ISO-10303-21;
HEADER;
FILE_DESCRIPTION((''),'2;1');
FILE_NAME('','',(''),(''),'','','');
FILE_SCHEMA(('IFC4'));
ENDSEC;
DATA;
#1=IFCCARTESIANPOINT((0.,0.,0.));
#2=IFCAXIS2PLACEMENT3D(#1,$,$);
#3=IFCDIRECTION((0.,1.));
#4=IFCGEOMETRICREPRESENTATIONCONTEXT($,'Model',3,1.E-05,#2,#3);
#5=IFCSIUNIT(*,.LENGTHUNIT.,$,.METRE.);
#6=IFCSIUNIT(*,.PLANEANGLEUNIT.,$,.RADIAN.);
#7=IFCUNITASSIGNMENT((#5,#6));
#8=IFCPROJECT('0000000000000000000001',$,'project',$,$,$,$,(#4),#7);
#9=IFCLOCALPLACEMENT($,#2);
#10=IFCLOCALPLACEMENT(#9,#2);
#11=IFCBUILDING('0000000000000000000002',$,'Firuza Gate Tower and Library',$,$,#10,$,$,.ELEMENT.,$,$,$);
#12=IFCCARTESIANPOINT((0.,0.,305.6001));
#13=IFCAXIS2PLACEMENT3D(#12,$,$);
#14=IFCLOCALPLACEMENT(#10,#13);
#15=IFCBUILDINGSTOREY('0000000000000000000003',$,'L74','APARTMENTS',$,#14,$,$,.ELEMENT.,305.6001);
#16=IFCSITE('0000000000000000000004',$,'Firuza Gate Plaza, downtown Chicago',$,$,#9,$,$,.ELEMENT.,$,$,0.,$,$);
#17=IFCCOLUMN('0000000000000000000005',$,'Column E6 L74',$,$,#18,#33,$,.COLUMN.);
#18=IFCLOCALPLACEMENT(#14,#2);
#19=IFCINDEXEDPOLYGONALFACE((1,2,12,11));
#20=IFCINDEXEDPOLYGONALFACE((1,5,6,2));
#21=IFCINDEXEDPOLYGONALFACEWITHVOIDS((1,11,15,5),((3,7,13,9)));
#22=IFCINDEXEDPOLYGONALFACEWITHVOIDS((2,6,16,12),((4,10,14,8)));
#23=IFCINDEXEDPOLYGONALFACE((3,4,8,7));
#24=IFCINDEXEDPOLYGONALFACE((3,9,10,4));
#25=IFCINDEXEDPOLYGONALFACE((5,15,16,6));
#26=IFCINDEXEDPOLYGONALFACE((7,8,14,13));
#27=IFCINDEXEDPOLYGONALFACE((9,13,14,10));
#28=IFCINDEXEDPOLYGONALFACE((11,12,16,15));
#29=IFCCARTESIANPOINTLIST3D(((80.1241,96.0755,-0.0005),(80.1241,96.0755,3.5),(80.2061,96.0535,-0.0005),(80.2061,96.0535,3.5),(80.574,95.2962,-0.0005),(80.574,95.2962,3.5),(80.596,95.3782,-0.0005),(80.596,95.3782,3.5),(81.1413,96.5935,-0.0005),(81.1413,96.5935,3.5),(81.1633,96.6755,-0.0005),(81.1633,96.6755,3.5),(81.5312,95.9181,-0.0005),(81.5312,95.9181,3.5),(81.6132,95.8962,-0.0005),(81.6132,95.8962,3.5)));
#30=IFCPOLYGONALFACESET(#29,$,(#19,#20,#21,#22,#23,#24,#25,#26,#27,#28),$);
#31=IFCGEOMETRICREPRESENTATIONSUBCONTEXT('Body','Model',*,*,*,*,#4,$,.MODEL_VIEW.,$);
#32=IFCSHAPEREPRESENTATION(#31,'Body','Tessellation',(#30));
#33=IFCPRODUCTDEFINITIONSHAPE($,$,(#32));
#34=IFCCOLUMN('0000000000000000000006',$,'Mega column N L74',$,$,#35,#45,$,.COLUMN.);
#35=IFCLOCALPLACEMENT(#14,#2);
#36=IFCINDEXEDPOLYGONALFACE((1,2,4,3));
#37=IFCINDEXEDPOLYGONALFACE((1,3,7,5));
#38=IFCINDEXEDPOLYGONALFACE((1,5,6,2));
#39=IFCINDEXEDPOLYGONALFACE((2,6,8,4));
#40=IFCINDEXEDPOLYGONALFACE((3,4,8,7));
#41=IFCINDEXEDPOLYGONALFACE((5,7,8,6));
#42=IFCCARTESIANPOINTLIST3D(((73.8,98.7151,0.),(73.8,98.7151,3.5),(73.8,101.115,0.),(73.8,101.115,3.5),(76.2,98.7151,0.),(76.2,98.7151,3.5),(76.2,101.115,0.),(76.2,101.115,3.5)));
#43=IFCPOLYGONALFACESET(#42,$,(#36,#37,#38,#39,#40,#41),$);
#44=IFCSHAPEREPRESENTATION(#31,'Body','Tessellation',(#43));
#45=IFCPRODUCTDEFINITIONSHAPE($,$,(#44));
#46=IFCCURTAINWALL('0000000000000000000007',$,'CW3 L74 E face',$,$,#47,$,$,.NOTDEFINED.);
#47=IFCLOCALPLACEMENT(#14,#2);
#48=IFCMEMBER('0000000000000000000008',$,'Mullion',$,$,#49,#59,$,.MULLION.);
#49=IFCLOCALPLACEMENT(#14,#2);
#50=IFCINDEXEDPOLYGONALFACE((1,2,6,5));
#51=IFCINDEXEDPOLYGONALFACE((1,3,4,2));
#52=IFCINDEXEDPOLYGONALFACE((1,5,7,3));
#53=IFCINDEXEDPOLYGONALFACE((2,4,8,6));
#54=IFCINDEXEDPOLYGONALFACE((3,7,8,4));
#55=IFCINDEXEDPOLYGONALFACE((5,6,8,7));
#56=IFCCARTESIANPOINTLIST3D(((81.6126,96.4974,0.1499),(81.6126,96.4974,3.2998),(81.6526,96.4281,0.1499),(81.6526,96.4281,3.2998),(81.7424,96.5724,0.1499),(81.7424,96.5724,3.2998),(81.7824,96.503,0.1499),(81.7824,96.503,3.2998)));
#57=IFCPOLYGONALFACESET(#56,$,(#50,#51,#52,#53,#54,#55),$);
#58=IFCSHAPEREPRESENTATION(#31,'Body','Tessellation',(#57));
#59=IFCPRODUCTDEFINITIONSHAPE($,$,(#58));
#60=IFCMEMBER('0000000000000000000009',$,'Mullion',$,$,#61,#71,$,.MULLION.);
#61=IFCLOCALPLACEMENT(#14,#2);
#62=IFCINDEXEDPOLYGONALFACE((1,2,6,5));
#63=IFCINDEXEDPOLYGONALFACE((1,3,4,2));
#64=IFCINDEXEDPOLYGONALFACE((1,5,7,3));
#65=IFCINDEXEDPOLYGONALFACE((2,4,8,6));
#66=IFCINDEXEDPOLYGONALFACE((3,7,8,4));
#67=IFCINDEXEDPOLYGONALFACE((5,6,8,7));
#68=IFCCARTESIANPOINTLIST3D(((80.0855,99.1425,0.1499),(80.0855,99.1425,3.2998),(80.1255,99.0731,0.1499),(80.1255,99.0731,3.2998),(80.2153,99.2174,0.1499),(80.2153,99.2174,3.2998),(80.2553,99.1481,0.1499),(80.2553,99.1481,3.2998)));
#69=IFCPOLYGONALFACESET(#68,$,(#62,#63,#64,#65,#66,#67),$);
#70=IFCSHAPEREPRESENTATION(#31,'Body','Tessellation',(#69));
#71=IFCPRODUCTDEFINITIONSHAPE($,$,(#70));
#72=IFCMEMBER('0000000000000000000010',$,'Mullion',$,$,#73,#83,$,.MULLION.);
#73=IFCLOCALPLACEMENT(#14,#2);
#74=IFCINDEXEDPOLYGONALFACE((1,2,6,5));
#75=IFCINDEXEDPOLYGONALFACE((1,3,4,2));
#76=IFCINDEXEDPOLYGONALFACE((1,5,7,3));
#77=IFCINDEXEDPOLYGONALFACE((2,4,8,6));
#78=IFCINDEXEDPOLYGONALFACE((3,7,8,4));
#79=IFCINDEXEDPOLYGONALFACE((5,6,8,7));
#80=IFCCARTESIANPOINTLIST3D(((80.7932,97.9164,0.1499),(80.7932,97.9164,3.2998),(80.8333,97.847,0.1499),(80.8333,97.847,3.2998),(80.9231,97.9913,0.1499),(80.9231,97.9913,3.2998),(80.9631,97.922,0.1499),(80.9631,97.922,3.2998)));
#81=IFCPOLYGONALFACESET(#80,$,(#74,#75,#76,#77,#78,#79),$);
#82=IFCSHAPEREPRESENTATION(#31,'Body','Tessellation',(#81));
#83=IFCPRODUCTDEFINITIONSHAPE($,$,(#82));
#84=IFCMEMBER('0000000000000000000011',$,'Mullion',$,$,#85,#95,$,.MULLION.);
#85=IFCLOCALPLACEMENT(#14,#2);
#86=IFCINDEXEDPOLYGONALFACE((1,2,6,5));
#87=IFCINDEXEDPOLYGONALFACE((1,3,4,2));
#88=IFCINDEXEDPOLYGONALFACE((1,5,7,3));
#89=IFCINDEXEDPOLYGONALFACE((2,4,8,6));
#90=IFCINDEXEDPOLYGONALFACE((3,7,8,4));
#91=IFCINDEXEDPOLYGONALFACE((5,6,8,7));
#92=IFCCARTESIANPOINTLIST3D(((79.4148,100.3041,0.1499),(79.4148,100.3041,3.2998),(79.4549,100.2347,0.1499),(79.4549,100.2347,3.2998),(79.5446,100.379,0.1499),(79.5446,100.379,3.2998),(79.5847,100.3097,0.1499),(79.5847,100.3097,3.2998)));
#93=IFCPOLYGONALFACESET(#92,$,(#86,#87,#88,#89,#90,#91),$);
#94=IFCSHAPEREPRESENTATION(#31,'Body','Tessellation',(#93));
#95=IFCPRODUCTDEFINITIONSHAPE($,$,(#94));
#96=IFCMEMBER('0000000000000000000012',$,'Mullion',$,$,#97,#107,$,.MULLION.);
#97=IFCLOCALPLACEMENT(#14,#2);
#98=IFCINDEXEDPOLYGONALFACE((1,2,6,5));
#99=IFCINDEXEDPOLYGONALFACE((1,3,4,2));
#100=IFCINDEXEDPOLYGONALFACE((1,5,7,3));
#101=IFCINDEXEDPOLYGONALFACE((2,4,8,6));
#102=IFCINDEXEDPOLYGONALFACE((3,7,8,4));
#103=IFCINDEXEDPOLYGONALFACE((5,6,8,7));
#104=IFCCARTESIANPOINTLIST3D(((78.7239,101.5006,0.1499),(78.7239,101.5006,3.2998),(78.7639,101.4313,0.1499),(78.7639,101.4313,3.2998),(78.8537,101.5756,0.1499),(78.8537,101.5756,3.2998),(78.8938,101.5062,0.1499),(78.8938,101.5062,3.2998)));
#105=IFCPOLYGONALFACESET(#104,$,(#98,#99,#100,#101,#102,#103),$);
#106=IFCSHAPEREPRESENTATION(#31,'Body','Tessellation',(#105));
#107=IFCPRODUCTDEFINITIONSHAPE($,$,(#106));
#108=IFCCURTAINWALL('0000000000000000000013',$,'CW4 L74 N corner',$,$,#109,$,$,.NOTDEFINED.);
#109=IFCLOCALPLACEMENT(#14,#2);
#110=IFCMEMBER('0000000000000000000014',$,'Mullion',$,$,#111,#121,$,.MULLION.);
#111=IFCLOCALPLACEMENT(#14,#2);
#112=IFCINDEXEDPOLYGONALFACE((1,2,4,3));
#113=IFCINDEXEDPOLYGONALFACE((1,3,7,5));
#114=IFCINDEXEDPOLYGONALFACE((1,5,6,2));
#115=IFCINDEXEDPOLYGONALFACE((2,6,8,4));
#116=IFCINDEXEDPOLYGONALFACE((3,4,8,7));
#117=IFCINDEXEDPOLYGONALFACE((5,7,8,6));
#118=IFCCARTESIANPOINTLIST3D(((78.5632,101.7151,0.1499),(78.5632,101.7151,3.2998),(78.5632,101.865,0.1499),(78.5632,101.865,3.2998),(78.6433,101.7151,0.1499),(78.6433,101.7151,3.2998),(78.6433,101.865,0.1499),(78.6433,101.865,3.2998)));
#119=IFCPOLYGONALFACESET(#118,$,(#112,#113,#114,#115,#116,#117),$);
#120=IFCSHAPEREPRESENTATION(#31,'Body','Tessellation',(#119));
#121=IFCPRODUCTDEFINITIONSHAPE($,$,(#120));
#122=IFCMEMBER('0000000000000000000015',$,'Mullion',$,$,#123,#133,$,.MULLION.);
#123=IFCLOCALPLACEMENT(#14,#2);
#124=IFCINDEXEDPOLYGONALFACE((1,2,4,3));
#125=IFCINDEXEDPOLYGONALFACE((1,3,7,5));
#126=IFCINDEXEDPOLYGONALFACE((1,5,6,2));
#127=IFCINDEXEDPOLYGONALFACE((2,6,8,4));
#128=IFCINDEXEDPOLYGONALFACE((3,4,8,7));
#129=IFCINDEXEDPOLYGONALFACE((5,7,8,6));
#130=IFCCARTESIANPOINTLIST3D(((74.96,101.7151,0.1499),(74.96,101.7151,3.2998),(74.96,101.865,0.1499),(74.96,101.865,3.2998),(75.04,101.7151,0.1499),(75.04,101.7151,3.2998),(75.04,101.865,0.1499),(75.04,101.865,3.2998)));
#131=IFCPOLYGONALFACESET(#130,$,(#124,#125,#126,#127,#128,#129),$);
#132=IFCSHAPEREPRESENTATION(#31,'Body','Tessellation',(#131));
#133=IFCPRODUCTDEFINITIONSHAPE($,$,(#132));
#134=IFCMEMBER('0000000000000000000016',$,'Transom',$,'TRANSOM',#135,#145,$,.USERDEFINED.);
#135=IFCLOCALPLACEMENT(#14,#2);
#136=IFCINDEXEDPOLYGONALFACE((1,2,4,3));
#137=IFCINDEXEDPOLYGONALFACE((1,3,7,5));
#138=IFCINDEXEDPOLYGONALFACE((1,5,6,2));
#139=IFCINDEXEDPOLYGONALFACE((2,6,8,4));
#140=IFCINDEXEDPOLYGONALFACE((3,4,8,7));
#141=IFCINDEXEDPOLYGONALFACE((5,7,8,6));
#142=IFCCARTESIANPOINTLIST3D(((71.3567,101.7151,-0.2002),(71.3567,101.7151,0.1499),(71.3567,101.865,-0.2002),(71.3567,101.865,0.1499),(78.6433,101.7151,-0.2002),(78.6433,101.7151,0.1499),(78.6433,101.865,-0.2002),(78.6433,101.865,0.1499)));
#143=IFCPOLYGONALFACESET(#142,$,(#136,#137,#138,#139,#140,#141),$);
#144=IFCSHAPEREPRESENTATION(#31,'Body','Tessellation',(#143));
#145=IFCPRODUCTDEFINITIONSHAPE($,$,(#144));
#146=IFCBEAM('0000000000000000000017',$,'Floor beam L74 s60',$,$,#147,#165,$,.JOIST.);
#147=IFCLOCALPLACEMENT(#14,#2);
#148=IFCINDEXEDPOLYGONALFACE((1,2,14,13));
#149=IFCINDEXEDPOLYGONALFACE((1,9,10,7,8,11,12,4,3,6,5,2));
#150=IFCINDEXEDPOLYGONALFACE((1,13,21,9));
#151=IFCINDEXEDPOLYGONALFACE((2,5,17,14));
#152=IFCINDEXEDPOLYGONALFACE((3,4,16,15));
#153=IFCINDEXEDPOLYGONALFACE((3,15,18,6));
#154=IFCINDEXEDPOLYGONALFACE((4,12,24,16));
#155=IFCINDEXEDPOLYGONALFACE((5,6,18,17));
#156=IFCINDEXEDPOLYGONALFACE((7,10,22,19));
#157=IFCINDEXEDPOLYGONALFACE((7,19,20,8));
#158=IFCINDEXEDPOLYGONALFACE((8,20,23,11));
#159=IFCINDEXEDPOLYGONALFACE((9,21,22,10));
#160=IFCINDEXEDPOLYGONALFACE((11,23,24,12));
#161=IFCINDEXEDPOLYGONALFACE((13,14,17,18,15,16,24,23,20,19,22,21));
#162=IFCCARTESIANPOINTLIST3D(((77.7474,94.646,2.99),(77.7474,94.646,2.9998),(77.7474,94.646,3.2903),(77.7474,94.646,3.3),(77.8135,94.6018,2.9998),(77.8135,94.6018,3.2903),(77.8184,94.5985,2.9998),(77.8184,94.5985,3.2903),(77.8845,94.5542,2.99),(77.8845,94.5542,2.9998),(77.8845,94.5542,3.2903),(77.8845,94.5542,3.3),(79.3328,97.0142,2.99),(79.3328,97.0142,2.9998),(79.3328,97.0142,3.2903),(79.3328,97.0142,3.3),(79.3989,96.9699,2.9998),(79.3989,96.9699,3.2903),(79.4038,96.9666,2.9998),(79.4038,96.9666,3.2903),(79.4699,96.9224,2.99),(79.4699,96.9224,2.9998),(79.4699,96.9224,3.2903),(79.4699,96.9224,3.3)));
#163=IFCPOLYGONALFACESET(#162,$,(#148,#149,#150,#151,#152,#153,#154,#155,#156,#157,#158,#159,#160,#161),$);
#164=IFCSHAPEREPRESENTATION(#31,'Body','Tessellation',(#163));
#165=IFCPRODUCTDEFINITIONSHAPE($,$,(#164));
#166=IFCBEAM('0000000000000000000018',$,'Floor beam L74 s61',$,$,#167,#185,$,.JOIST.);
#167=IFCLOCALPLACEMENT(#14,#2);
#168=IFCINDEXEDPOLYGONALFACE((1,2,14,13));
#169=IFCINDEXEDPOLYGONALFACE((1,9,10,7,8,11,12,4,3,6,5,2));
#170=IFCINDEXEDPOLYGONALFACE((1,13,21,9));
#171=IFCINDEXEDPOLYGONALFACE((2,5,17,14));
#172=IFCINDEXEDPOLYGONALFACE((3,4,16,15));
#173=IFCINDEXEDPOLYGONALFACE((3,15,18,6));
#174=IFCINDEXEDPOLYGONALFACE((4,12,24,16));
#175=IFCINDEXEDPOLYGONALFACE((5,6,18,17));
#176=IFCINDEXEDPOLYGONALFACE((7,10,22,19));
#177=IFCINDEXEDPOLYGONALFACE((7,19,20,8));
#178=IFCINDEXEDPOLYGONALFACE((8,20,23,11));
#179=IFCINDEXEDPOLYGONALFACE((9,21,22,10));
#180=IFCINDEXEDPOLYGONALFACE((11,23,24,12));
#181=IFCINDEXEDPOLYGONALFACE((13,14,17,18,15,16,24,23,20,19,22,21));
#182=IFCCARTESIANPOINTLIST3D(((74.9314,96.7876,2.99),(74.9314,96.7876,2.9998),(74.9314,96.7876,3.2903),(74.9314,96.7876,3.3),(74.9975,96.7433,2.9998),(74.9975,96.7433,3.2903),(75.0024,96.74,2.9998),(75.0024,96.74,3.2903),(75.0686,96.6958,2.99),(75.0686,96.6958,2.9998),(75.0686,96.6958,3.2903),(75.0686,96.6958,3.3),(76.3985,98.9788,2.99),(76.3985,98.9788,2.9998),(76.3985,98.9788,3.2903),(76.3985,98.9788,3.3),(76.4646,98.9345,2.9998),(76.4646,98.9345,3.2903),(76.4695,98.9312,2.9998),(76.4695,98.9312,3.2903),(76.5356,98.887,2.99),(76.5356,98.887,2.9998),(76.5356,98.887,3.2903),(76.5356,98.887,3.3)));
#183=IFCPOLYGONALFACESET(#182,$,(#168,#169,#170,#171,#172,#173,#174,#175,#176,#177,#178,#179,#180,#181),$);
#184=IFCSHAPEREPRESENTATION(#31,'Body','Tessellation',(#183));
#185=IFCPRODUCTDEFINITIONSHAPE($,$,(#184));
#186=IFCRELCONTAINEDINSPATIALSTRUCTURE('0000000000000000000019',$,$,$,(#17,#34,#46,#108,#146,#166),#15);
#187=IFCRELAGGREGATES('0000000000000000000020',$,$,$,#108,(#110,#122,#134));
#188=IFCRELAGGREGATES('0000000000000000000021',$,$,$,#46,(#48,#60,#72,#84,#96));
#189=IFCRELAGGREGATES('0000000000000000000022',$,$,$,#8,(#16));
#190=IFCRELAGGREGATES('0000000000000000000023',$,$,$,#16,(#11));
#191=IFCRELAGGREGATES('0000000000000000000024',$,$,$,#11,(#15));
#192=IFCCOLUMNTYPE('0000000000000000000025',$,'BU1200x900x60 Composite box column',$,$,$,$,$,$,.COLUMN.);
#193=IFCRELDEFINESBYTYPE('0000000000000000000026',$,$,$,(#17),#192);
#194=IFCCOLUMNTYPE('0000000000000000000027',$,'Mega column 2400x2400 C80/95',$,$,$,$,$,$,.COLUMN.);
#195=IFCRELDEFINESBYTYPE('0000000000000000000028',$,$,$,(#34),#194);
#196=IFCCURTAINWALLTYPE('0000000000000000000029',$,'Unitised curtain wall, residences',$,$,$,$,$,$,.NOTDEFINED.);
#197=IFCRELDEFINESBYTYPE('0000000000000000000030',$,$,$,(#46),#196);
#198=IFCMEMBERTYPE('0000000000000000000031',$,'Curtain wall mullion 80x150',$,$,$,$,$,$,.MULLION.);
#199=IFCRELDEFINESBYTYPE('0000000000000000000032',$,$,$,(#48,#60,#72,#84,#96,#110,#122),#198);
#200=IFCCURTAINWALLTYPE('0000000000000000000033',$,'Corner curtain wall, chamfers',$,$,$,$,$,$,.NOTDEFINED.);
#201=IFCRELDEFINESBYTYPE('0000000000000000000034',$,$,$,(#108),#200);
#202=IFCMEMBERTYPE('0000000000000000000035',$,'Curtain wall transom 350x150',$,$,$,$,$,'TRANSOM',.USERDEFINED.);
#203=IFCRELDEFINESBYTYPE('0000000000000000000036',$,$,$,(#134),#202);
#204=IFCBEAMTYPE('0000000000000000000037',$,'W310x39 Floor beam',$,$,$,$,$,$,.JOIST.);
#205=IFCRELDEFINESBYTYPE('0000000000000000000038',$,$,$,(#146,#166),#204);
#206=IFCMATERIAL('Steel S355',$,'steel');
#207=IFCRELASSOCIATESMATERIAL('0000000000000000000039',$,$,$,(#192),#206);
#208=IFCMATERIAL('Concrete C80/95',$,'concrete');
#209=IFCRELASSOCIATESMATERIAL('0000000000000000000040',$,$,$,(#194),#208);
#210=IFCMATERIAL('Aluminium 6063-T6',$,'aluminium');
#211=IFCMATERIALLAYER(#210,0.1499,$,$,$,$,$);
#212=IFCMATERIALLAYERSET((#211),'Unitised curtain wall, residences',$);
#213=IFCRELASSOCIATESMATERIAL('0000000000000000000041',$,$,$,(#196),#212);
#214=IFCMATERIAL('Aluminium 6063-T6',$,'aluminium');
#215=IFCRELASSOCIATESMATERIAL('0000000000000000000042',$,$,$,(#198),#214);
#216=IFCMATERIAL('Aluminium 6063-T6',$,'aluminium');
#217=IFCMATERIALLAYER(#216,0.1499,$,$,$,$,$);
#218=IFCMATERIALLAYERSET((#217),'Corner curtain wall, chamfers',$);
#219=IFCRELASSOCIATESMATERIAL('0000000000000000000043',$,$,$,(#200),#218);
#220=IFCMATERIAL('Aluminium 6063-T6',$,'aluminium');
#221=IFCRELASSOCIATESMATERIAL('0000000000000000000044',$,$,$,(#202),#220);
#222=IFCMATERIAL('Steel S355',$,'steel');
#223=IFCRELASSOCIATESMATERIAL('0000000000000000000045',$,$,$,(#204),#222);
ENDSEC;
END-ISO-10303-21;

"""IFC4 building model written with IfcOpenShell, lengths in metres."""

from ifc_helpers import new_model, si_unit, direction, frame, origin, origin_2d, place, context, subcontext, project, spatial, rectangle, hollow_rectangle, i_section, extrude, material, layer, layer_set, material_profile, profile_set, type_object, element, aggregate, save


model = new_model("IFC4")

# Units and contexts
model_context = context("Model", 3, precision=1e-05, world=origin(), true_north=direction((0.0, 1.0)))
body_context = subcontext(model_context, "Body", "Model", "MODEL_VIEW")
ifc_project = project(units=[si_unit("LENGTHUNIT", "METRE"), si_unit("PLANEANGLEUNIT", "RADIAN")], contexts=[model_context])

# Site, building, storey
site_placement = place(None, origin())
site = spatial("IfcSite", under=ifc_project, at=site_placement, Name="Firuza Gate Plaza, downtown Chicago", CompositionType="ELEMENT", RefElevation=0.0)
building_placement = place(site_placement, origin())
building = spatial("IfcBuilding", under=site, at=building_placement, Name="Firuza Gate Tower and Library", CompositionType="ELEMENT")
storey_placement = place(building_placement, frame((0.0, 0.0, 305.6001)))
storey = spatial("IfcBuildingStorey", under=building, at=storey_placement, Name="L74", Description="APARTMENTS", CompositionType="ELEMENT", Elevation=305.6001)

# Columns
ifc_material_1 = material(Name="Steel S355", Category="steel")
ifc_material_profile_1 = material_profile(ifc_material_1, hollow_rectangle(XDim=0.8999, YDim=1.2, WallThickness=0.0601, at=origin_2d()))
ifc_profile_set_1 = profile_set([ifc_material_profile_1], Name="Steel S355")
column_type_1 = type_object("IfcColumnType", Name="BU1200x900x60 Composite box column", PredefinedType="COLUMN", material=ifc_profile_set_1)
column_1_placement = place(storey_placement, frame((80.8687, 95.9858, -0.0005), z_axis=(0.0, 0.0, 1.0), x_axis=(-0.5, 0.866025, 0.0)))
element("IfcColumn", 1, at=column_1_placement, inside=storey, type_object=column_type_1, Name="Column E6 L74", PredefinedType="COLUMN", context=body_context, shape_type="SweptSolid", body=[
    extrude(hollow_rectangle(XDim=0.8999, YDim=1.2, WallThickness=0.0601, at=origin_2d()), origin(), (0.0, 0.0, 1.0), 3.5005),
])
ifc_material_2 = material(Name="Concrete C80/95", Category="concrete")
ifc_material_profile_2 = material_profile(ifc_material_2, rectangle(XDim=2.3999, YDim=2.3999, at=origin_2d()))
ifc_profile_set_2 = profile_set([ifc_material_profile_2], Name="Concrete C80/95")
column_type_2 = type_object("IfcColumnType", Name="Mega column 2400x2400 C80/95", PredefinedType="COLUMN", material=ifc_profile_set_2)
column_2_placement = place(storey_placement, frame((75.0, 99.915, 0.0), z_axis=(0.0, 0.0, 1.0), x_axis=(-1.0, 0.0, 0.0)))
element("IfcColumn", 2, at=column_2_placement, inside=storey, type_object=column_type_2, Name="Mega column N L74", PredefinedType="COLUMN", context=body_context, shape_type="SweptSolid", body=[
    extrude(rectangle(XDim=2.3999, YDim=2.3999, at=origin_2d()), origin(), (0.0, 0.0, 1.0), 3.5),
])

# Curtain walls, members
ifc_material_3 = material(Name="Aluminium 6063-T6", Category="aluminium")
ifc_layer_1 = layer(ifc_material_3, 0.1499)
ifc_layer_set_1 = layer_set([ifc_layer_1], Name="Unitised curtain wall, residences")
curtain_wall_type_1 = type_object("IfcCurtainWallType", Name="Unitised curtain wall, residences", PredefinedType="NOTDEFINED", material=ifc_layer_set_1)
placement = place(storey_placement, origin())
curtain_wall_1 = element("IfcCurtainWall", 3, at=placement, inside=storey, type_object=curtain_wall_type_1, Name="CW3 L74 E face", PredefinedType="NOTDEFINED")
ifc_material_4 = material(Name="Aluminium 6063-T6", Category="aluminium")
ifc_material_profile_3 = material_profile(ifc_material_4, rectangle(XDim=0.1499, YDim=0.0801, at=origin_2d()))
ifc_profile_set_3 = profile_set([ifc_material_profile_3], Name="Aluminium 6063-T6")
member_type_1 = type_object("IfcMemberType", Name="Curtain wall mullion 80x150", PredefinedType="MULLION", material=ifc_profile_set_3)
member_1_placement = place(storey_placement, frame((81.6975, 96.5002, 0.1499), z_axis=(0.0, 0.0, 1.0), x_axis=(-0.866025, -0.5, 0.0)))
member_1 = element("IfcMember", 4, at=member_1_placement, type_object=member_type_1, Name="Mullion", PredefinedType="MULLION", context=body_context, shape_type="SweptSolid", body=[
    extrude(rectangle(XDim=0.1499, YDim=0.0801, at=origin_2d()), origin(), (0.0, 0.0, 1.0), 3.1499),
])
member_2_placement = place(storey_placement, frame((80.1704, 99.1453, 0.1499), z_axis=(0.0, 0.0, 1.0), x_axis=(-0.866025, -0.5, 0.0)))
member_2 = element("IfcMember", 5, at=member_2_placement, type_object=member_type_1, Name="Mullion", PredefinedType="MULLION", context=body_context, shape_type="SweptSolid", body=[
    extrude(rectangle(XDim=0.1499, YDim=0.0801, at=origin_2d()), origin(), (0.0, 0.0, 1.0), 3.1499),
])
member_3_placement = place(storey_placement, frame((80.8782, 97.9192, 0.1499), z_axis=(0.0, 0.0, 1.0), x_axis=(-0.866025, -0.5, 0.0)))
member_3 = element("IfcMember", 6, at=member_3_placement, type_object=member_type_1, Name="Mullion", PredefinedType="MULLION", context=body_context, shape_type="SweptSolid", body=[
    extrude(rectangle(XDim=0.1499, YDim=0.0801, at=origin_2d()), origin(), (0.0, 0.0, 1.0), 3.1499),
])
member_4_placement = place(storey_placement, frame((79.4998, 100.3069, 0.1499), z_axis=(0.0, 0.0, 1.0), x_axis=(-0.866025, -0.5, 0.0)))
member_4 = element("IfcMember", 7, at=member_4_placement, type_object=member_type_1, Name="Mullion", PredefinedType="MULLION", context=body_context, shape_type="SweptSolid", body=[
    extrude(rectangle(XDim=0.1499, YDim=0.0801, at=origin_2d()), origin(), (0.0, 0.0, 1.0), 3.1499),
])
member_5_placement = place(storey_placement, frame((78.8088, 101.5034, 0.1499), z_axis=(0.0, 0.0, 1.0), x_axis=(-0.866025, -0.5, 0.0)))
member_5 = element("IfcMember", 8, at=member_5_placement, type_object=member_type_1, Name="Mullion", PredefinedType="MULLION", context=body_context, shape_type="SweptSolid", body=[
    extrude(rectangle(XDim=0.1499, YDim=0.0801, at=origin_2d()), origin(), (0.0, 0.0, 1.0), 3.1499),
])
ifc_material_5 = material(Name="Aluminium 6063-T6", Category="aluminium")
ifc_layer_2 = layer(ifc_material_5, 0.1499)
ifc_layer_set_2 = layer_set([ifc_layer_2], Name="Corner curtain wall, chamfers")
curtain_wall_type_2 = type_object("IfcCurtainWallType", Name="Corner curtain wall, chamfers", PredefinedType="NOTDEFINED", material=ifc_layer_set_2)
curtain_wall_2 = element("IfcCurtainWall", 9, at=placement, inside=storey, type_object=curtain_wall_type_2, Name="CW4 L74 N corner", PredefinedType="NOTDEFINED")
member_6_placement = place(storey_placement, frame((78.6033, 101.79, 0.1499), z_axis=(0.0, 0.0, 1.0), x_axis=(0.0, -1.0, 0.0)))
member_6 = element("IfcMember", 10, at=member_6_placement, type_object=member_type_1, Name="Mullion", PredefinedType="MULLION", context=body_context, shape_type="SweptSolid", body=[
    extrude(rectangle(XDim=0.1499, YDim=0.0801, at=origin_2d()), origin(), (0.0, 0.0, 1.0), 3.1499),
])
member_7_placement = place(storey_placement, frame((75.0, 101.79, 0.1499), z_axis=(0.0, 0.0, 1.0), x_axis=(0.0, -1.0, 0.0)))
member_7 = element("IfcMember", 11, at=member_7_placement, type_object=member_type_1, Name="Mullion", PredefinedType="MULLION", context=body_context, shape_type="SweptSolid", body=[
    extrude(rectangle(XDim=0.1499, YDim=0.0801, at=origin_2d()), origin(), (0.0, 0.0, 1.0), 3.1499),
])
ifc_material_6 = material(Name="Aluminium 6063-T6", Category="aluminium")
ifc_material_profile_4 = material_profile(ifc_material_6, rectangle(XDim=0.1499, YDim=0.3501, at=origin_2d()))
ifc_profile_set_4 = profile_set([ifc_material_profile_4], Name="Aluminium 6063-T6")
member_type_2 = type_object("IfcMemberType", Name="Curtain wall transom 350x150", ElementType="TRANSOM", PredefinedType="USERDEFINED", material=ifc_profile_set_4)
member_8_placement = place(storey_placement, frame((78.6433, 101.79, -0.0251), z_axis=(-1.0, 0.0, 0.0), x_axis=(0.0, -1.0, 0.0)))
member_8 = element("IfcMember", 12, at=member_8_placement, type_object=member_type_2, Name="Transom", ObjectType="TRANSOM", PredefinedType="USERDEFINED", context=body_context, shape_type="SweptSolid", body=[
    extrude(rectangle(XDim=0.1499, YDim=0.3501, at=origin_2d()), origin(), (0.0, 0.0, 1.0), 7.2866),
])

# Beams
ifc_material_7 = material(Name="Steel S355", Category="steel")
ifc_material_profile_5 = material_profile(ifc_material_7, i_section(OverallWidth=0.165, OverallDepth=0.3101, WebThickness=0.0059, FlangeThickness=0.0098, at=origin_2d()))
ifc_profile_set_5 = profile_set([ifc_material_profile_5], Name="Steel S355")
beam_type_1 = type_object("IfcBeamType", Name="W310x39 Floor beam", PredefinedType="JOIST", material=ifc_profile_set_5)
beam_1_placement = place(storey_placement, frame((79.4014, 96.9683, 3.145), z_axis=(-0.55632, -0.830968, 0.0), x_axis=(0.830968, -0.55632, 0.0)))
element("IfcBeam", 13, at=beam_1_placement, inside=storey, type_object=beam_type_1, Name="Floor beam L74 s60", PredefinedType="JOIST", context=body_context, shape_type="SweptSolid", body=[
    extrude(i_section(OverallWidth=0.165, OverallDepth=0.3101, WebThickness=0.0059, FlangeThickness=0.0098, at=origin_2d()), origin(), (0.0, 0.0, 1.0), 2.8499),
])
beam_2_placement = place(storey_placement, frame((76.467, 98.9329, 3.145), z_axis=(-0.556344, -0.830952, 0.0), x_axis=(0.830952, -0.556344, 0.0)))
element("IfcBeam", 14, at=beam_2_placement, inside=storey, type_object=beam_type_1, Name="Floor beam L74 s61", PredefinedType="JOIST", context=body_context, shape_type="SweptSolid", body=[
    extrude(i_section(OverallWidth=0.165, OverallDepth=0.3101, WebThickness=0.0059, FlangeThickness=0.0098, at=origin_2d()), origin(), (0.0, 0.0, 1.0), 2.637),
])

aggregate(curtain_wall_2, [member_6, member_7, member_8])
aggregate(curtain_wall_1, [member_1, member_2, member_3, member_4, member_5])

save(model, "model.ifc")
